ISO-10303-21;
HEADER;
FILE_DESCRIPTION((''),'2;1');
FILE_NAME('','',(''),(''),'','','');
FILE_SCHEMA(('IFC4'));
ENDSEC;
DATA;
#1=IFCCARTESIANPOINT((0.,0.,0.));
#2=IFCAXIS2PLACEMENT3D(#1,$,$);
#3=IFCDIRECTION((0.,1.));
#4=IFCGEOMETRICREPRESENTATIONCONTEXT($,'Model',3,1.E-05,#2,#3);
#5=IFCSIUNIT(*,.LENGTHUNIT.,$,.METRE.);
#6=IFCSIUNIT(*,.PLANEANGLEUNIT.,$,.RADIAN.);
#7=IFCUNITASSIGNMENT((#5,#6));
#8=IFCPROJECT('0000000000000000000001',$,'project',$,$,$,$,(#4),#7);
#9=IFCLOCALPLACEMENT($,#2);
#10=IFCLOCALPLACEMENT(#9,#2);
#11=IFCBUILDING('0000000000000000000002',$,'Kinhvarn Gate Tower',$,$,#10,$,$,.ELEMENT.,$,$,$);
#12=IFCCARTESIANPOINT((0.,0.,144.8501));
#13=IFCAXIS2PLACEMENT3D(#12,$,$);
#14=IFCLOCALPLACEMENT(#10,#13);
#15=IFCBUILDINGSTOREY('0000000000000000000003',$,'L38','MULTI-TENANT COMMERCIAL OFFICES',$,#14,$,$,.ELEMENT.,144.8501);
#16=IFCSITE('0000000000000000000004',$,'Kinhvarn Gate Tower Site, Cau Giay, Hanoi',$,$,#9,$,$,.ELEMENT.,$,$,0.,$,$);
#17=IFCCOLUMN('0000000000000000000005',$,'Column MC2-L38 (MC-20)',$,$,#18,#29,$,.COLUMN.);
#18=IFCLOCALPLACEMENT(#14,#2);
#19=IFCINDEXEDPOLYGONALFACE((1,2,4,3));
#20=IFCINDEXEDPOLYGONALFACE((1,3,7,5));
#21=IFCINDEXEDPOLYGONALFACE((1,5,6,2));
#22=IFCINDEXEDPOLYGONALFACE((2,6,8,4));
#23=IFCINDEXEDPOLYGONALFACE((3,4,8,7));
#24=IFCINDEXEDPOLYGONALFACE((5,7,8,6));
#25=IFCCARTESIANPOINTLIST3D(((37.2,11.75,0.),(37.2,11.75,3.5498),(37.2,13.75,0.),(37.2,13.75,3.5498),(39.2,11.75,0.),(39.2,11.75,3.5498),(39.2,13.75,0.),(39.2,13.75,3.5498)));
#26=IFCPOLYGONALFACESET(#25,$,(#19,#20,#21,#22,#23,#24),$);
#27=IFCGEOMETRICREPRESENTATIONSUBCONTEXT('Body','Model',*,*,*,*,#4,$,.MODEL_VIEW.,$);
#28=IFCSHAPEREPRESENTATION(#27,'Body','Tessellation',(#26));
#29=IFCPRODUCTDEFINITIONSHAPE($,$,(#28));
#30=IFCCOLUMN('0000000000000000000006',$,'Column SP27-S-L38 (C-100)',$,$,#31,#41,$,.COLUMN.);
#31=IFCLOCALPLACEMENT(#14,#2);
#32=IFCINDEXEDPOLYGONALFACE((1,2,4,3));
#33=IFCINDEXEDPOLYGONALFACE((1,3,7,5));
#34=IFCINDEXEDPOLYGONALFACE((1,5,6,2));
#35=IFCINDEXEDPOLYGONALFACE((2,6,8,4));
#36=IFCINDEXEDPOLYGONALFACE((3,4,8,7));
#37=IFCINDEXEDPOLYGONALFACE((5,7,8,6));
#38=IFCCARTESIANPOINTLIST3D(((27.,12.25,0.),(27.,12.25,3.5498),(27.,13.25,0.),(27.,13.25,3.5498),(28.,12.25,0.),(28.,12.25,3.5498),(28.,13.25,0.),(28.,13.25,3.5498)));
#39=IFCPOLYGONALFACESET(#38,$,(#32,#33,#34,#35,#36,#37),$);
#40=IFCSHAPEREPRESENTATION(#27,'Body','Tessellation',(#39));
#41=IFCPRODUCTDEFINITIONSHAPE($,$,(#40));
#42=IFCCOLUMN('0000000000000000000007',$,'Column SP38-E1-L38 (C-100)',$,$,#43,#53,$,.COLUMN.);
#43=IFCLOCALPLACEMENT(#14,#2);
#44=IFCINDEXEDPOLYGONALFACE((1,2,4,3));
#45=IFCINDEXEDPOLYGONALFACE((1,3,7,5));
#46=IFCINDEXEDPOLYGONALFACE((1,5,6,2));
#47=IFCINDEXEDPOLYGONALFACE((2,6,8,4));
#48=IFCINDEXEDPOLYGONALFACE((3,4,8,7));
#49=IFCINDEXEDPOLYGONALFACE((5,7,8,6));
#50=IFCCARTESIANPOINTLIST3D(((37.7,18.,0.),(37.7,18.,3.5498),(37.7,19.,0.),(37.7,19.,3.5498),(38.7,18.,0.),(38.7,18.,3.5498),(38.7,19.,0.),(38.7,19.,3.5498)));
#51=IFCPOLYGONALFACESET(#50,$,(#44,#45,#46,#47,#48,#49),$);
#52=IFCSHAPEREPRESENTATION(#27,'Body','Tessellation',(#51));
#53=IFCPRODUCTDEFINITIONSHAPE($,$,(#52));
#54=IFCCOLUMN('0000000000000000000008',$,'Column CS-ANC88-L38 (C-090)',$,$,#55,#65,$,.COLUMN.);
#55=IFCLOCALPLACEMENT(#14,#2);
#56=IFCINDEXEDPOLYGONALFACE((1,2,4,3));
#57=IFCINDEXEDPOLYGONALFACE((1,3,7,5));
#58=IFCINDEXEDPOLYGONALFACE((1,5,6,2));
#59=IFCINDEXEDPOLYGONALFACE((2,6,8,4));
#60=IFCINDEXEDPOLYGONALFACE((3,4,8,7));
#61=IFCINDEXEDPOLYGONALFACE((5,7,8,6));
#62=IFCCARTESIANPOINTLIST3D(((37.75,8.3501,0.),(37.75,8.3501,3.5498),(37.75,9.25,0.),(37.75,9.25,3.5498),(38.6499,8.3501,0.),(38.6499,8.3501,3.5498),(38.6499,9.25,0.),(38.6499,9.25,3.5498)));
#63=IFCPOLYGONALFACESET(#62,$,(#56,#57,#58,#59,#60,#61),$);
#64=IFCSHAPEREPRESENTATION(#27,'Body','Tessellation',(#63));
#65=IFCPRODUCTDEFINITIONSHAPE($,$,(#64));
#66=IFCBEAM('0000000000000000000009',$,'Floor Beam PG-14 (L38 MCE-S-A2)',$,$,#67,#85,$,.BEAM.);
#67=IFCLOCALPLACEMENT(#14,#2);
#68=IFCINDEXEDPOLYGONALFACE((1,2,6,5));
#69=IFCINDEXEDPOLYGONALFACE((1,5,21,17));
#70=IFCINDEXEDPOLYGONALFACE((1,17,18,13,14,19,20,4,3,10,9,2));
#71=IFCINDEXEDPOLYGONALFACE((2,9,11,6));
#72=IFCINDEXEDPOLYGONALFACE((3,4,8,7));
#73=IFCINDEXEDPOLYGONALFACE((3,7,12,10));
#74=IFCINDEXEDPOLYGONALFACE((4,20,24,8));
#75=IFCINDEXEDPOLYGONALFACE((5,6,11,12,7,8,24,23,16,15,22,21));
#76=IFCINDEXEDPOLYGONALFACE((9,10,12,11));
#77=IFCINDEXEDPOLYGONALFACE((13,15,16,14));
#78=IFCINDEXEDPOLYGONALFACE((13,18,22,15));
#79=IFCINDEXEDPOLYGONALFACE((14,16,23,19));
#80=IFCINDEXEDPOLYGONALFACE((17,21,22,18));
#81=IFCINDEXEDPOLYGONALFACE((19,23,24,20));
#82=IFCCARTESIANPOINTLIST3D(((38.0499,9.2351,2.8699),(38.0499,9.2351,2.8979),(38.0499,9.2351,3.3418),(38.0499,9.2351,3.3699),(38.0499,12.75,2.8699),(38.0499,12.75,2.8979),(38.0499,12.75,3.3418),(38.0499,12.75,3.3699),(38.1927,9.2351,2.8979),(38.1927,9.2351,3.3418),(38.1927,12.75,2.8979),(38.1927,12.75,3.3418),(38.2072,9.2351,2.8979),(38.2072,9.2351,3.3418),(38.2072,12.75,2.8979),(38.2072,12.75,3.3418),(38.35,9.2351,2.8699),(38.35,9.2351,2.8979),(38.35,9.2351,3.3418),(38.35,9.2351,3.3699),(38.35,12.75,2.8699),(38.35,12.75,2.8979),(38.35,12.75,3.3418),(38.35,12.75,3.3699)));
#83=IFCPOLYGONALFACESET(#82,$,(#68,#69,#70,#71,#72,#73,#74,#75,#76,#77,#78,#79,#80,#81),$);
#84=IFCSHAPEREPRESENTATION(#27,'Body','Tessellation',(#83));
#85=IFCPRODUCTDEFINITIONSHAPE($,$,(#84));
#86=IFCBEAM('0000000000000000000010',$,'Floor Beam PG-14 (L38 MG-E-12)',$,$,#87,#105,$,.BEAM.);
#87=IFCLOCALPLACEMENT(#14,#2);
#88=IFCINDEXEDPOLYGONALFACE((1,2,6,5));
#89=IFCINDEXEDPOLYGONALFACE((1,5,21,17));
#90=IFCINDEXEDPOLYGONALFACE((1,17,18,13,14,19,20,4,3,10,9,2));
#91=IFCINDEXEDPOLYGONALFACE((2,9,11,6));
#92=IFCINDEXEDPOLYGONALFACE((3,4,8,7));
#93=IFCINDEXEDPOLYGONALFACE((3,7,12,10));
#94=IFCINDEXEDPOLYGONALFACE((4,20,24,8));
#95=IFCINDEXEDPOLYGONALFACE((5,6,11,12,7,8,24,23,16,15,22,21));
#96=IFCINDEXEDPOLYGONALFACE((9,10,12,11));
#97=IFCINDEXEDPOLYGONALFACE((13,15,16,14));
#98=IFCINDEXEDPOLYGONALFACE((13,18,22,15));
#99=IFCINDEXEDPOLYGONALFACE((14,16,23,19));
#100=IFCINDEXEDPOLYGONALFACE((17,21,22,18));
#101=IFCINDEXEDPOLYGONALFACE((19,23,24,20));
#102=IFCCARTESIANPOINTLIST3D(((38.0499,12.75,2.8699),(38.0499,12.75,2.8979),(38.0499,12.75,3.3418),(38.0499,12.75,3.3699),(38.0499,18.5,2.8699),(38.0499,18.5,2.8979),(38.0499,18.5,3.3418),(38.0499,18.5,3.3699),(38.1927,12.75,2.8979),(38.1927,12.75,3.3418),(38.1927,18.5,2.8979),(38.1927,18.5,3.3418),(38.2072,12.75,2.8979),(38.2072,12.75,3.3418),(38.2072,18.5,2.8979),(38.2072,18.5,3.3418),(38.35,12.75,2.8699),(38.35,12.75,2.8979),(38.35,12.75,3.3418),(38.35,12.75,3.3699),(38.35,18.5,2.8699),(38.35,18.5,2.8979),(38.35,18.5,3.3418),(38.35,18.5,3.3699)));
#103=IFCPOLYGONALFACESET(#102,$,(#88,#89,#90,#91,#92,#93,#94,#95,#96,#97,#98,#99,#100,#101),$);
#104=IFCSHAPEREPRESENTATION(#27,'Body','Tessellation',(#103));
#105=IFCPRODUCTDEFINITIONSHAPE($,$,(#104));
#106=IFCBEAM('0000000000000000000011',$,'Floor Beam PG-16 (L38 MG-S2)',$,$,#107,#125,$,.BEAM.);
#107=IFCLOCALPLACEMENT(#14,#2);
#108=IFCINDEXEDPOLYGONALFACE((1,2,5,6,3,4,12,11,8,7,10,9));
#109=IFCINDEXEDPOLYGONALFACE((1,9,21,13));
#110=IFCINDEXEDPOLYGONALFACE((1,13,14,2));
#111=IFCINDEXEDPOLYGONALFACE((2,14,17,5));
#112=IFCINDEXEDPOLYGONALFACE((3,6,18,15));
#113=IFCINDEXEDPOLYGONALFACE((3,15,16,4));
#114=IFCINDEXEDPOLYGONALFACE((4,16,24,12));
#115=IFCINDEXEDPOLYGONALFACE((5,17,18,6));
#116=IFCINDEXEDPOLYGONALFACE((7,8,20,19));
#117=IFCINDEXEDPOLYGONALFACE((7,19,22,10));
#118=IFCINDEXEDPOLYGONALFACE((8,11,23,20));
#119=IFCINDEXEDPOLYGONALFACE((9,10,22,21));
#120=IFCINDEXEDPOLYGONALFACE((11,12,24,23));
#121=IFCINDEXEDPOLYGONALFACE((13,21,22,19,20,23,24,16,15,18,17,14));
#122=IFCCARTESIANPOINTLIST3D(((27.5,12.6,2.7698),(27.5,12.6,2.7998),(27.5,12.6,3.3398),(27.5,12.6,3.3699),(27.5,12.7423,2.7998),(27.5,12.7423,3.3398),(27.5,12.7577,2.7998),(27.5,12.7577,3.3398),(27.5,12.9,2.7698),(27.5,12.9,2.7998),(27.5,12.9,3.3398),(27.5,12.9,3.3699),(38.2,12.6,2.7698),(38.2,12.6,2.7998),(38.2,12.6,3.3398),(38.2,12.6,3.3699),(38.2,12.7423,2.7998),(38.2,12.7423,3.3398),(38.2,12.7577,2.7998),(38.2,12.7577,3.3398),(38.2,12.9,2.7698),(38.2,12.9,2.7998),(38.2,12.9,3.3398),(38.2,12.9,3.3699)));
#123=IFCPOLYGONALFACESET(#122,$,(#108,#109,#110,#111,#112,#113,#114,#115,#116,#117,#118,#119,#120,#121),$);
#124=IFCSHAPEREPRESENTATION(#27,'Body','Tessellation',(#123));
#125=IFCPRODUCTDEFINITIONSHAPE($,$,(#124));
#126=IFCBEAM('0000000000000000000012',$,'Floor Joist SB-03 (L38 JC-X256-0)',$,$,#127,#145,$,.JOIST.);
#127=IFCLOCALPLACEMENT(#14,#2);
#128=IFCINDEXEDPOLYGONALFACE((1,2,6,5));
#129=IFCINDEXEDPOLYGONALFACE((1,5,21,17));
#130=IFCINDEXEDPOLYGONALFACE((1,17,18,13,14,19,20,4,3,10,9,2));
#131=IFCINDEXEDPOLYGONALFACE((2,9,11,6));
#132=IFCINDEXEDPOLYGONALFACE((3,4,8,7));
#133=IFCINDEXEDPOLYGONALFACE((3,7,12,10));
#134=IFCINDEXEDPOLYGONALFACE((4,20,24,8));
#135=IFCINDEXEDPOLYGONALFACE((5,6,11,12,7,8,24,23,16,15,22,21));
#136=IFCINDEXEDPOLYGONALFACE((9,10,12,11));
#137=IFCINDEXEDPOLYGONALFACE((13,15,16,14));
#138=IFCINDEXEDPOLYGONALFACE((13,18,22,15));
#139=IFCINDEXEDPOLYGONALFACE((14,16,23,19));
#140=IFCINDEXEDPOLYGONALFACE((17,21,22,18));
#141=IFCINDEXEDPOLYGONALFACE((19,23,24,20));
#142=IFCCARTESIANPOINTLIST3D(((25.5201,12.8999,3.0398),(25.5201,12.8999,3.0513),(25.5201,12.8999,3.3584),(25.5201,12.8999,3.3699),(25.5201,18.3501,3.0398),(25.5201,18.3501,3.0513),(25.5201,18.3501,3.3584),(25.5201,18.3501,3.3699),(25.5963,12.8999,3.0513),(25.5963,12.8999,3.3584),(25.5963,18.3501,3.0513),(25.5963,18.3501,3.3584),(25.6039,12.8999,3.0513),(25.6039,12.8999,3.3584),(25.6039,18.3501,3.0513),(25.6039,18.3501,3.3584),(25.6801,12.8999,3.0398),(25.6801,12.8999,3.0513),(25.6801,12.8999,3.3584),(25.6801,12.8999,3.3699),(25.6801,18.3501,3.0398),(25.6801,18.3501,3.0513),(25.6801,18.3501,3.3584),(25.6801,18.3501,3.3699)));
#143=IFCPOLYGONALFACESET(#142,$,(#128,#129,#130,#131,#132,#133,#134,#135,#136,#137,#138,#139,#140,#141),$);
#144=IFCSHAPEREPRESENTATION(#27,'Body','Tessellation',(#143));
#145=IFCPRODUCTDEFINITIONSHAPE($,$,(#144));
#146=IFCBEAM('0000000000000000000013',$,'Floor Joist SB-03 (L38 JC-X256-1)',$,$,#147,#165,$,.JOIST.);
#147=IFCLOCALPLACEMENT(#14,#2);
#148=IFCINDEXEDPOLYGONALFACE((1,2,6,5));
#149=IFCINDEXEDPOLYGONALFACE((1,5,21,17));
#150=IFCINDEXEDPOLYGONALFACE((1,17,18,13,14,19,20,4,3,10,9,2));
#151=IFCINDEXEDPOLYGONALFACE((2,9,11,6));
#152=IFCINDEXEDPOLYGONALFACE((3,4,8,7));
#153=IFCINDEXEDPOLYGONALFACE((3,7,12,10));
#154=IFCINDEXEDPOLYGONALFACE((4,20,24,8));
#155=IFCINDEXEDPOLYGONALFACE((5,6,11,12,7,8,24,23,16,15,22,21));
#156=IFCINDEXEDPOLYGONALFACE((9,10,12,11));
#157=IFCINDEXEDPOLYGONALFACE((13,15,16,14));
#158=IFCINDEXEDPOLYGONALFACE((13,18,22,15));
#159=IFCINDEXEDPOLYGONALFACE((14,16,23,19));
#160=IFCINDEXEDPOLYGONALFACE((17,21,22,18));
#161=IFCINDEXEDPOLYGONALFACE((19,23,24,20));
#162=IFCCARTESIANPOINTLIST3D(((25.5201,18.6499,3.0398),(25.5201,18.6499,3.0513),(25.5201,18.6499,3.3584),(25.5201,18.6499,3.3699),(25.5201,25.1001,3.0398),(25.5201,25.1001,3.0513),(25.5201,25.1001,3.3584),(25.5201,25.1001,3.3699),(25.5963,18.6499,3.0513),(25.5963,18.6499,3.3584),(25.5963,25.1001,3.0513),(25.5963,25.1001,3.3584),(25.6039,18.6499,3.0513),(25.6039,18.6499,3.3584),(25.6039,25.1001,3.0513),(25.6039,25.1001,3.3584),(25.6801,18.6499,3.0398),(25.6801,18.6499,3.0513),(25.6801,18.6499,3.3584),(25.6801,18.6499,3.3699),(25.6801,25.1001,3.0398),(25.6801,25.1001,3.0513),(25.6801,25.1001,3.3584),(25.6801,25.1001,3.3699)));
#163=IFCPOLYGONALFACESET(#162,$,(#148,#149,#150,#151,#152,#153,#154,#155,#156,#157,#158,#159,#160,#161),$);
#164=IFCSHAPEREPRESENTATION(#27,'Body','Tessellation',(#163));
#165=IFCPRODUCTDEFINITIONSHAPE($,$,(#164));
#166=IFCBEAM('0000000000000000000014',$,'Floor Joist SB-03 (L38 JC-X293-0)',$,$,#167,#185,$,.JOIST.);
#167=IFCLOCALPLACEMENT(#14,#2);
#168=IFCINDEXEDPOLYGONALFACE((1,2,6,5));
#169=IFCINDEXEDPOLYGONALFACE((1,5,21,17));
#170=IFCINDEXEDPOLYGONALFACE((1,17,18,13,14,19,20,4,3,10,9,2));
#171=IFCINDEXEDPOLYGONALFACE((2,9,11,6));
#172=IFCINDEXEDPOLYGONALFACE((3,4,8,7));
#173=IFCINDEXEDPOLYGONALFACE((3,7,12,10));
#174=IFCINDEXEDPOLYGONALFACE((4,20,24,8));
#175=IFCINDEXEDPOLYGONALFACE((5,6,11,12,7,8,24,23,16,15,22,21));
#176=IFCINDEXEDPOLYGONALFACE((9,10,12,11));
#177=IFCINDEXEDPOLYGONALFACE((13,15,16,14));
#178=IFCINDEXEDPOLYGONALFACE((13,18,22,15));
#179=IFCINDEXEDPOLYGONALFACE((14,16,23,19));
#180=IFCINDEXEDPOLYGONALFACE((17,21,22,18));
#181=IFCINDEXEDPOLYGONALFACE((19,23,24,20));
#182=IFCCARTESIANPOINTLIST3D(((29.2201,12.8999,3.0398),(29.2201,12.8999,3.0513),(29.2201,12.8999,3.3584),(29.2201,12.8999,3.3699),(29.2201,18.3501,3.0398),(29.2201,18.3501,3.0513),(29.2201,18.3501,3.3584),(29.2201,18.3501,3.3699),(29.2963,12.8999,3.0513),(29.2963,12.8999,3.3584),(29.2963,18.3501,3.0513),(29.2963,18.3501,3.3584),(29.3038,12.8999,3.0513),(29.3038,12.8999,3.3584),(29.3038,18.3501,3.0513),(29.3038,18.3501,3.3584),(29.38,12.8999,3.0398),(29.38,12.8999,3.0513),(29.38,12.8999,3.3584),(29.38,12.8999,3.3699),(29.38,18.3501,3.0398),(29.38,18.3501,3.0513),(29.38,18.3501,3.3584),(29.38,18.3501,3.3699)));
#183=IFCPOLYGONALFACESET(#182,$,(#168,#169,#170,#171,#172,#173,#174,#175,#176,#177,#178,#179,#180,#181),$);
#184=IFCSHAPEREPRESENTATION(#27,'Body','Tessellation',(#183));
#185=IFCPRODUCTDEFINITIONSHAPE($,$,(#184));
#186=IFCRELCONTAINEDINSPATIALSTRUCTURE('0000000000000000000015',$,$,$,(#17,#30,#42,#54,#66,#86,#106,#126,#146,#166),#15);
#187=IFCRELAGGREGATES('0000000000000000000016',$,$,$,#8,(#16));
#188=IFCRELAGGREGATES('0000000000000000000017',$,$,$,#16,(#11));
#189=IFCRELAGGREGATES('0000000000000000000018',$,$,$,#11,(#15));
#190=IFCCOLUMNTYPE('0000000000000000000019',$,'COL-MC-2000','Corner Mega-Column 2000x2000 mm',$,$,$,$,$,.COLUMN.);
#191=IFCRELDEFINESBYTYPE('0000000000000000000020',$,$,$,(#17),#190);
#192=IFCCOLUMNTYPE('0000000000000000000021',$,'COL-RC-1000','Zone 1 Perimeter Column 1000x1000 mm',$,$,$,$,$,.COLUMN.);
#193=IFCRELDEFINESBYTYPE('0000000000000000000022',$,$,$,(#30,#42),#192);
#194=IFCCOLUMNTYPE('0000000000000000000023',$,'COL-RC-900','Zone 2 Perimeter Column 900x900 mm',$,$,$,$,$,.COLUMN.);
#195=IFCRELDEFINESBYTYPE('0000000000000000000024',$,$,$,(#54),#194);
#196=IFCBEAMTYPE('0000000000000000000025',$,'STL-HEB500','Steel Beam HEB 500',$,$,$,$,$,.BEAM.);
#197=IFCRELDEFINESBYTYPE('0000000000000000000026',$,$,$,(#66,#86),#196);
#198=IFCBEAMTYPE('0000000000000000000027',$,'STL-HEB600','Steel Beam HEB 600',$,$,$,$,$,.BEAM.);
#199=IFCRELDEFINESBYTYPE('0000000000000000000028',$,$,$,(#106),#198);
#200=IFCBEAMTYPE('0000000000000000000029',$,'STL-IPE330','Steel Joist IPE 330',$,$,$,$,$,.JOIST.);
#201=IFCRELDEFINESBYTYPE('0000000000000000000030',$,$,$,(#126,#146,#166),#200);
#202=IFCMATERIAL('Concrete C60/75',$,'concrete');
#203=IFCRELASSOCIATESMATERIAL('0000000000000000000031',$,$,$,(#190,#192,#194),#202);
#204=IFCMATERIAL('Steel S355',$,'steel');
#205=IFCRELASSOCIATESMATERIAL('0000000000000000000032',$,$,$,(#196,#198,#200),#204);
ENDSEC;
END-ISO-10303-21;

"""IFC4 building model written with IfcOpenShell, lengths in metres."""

from ifc_helpers import new_model, si_unit, direction, frame, origin, origin_2d, place, context, subcontext, project, spatial, rectangle, i_section, extrude, material, material_profile, profile_set, type_object, element, save


model = new_model("IFC4")

# Units and contexts
model_context = context("Model", 3, precision=1e-05, world=origin(), true_north=direction((0.0, 1.0)))
body_context = subcontext(model_context, "Body", "Model", "MODEL_VIEW")
ifc_project = project(units=[si_unit("LENGTHUNIT", "METRE"), si_unit("PLANEANGLEUNIT", "RADIAN")], contexts=[model_context])

# Site, building, storey
site_placement = place(None, origin())
site = spatial("IfcSite", under=ifc_project, at=site_placement, Name="Kinhvarn Gate Tower Site, Cau Giay, Hanoi", CompositionType="ELEMENT", RefElevation=0.0)
building_placement = place(site_placement, origin())
building = spatial("IfcBuilding", under=site, at=building_placement, Name="Kinhvarn Gate Tower", CompositionType="ELEMENT")
storey_placement = place(building_placement, frame((0.0, 0.0, 144.8501)))
storey = spatial("IfcBuildingStorey", under=building, at=storey_placement, Name="L38", Description="MULTI-TENANT COMMERCIAL OFFICES", CompositionType="ELEMENT", Elevation=144.8501)

# Columns
ifc_material_1 = material(Name="Concrete C60/75", Category="concrete")
ifc_material_profile_1 = material_profile(ifc_material_1, rectangle(XDim=2.0, YDim=2.0, at=origin_2d()), Name="RC 2000x2000")
ifc_profile_set_1 = profile_set([ifc_material_profile_1], Name="Concrete C60/75")
column_type_1 = type_object("IfcColumnType", Name="COL-MC-2000", Description="Corner Mega-Column 2000x2000 mm", PredefinedType="COLUMN", material=ifc_profile_set_1)
column_1_placement = place(storey_placement, frame((38.2, 12.75, 0.0), z_axis=(0.0, 0.0, 1.0), x_axis=(1.0, 0.0, 0.0)))
element("IfcColumn", 1, at=column_1_placement, inside=storey, type_object=column_type_1, Name="Column MC2-L38 (MC-20)", PredefinedType="COLUMN", context=body_context, shape_type="SweptSolid", body=[
    extrude(rectangle(XDim=2.0, YDim=2.0, at=origin_2d()), origin(), (0.0, 0.0, 1.0), 3.5498),
])
ifc_material_profile_2 = material_profile(ifc_material_1, rectangle(XDim=1.0, YDim=1.0, at=origin_2d()), Name="RC 1000x1000")
ifc_profile_set_2 = profile_set([ifc_material_profile_2], Name="Concrete C60/75")
column_type_2 = type_object("IfcColumnType", Name="COL-RC-1000", Description="Zone 1 Perimeter Column 1000x1000 mm", PredefinedType="COLUMN", material=ifc_profile_set_2)
for number, where, z_axis, x_axis, name in (
    (2, (27.5, 12.75, 0.0), (0.0, 0.0, 1.0), (1.0, 0.0, 0.0), "Column SP27-S-L38 (C-100)"),
    (3, (38.2, 18.5, 0.0), (0.0, 0.0, 1.0), (1.0, 0.0, 0.0), "Column SP38-E1-L38 (C-100)"),
):
    element("IfcColumn", number, at=place(storey_placement, frame(where, z_axis=z_axis, x_axis=x_axis)), inside=storey, type_object=column_type_2, Name=name, PredefinedType="COLUMN", context=body_context, shape_type="SweptSolid", body=[
        extrude(rectangle(XDim=1.0, YDim=1.0, at=origin_2d()), origin(), (0.0, 0.0, 1.0), 3.5498),
    ])
ifc_material_profile_3 = material_profile(ifc_material_1, rectangle(XDim=0.8999, YDim=0.8999, at=origin_2d()), Name="RC 900x900")
ifc_profile_set_3 = profile_set([ifc_material_profile_3], Name="Concrete C60/75")
column_type_3 = type_object("IfcColumnType", Name="COL-RC-900", Description="Zone 2 Perimeter Column 900x900 mm", PredefinedType="COLUMN", material=ifc_profile_set_3)
column_2_placement = place(storey_placement, frame((38.2, 8.8, 0.0), z_axis=(0.0, 0.0, 1.0), x_axis=(1.0, 0.0, 0.0)))
element("IfcColumn", 4, at=column_2_placement, inside=storey, type_object=column_type_3, Name="Column CS-ANC88-L38 (C-090)", PredefinedType="COLUMN", context=body_context, shape_type="SweptSolid", body=[
    extrude(rectangle(XDim=0.8999, YDim=0.8999, at=origin_2d()), origin(), (0.0, 0.0, 1.0), 3.5498),
])

# Beams
ifc_material_2 = material(Name="Steel S355", Category="steel")
ifc_material_profile_4 = material_profile(ifc_material_2, i_section(OverallWidth=0.3, OverallDepth=0.5, WebThickness=0.0144, FlangeThickness=0.0281, at=origin_2d()), Name="HEB 500")
ifc_profile_set_4 = profile_set([ifc_material_profile_4], Name="Steel S355")
beam_type_1 = type_object("IfcBeamType", Name="STL-HEB500", Description="Steel Beam HEB 500", PredefinedType="BEAM", material=ifc_profile_set_4)
beam_1_placement = place(storey_placement, frame((38.2, 9.2351, 3.1199), z_axis=(0.0, 1.0, 0.0), x_axis=(-1.0, 0.0, 0.0)))
element("IfcBeam", 5, at=beam_1_placement, inside=storey, type_object=beam_type_1, Name="Floor Beam PG-14 (L38 MCE-S-A2)", PredefinedType="BEAM", context=body_context, shape_type="SweptSolid", body=[
    extrude(i_section(OverallWidth=0.3, OverallDepth=0.5, WebThickness=0.0144, FlangeThickness=0.0281, at=origin_2d()), origin(), (0.0, 0.0, 1.0), 3.5149),
])
beam_2_placement = place(storey_placement, frame((38.2, 12.75, 3.1199), z_axis=(0.0, 1.0, 0.0), x_axis=(-1.0, 0.0, 0.0)))
element("IfcBeam", 6, at=beam_2_placement, inside=storey, type_object=beam_type_1, Name="Floor Beam PG-14 (L38 MG-E-12)", PredefinedType="BEAM", context=body_context, shape_type="SweptSolid", body=[
    extrude(i_section(OverallWidth=0.3, OverallDepth=0.5, WebThickness=0.0144, FlangeThickness=0.0281, at=origin_2d()), origin(), (0.0, 0.0, 1.0), 5.75),
])
ifc_material_profile_5 = material_profile(ifc_material_2, i_section(OverallWidth=0.3, OverallDepth=0.6001, WebThickness=0.0154, FlangeThickness=0.03, at=origin_2d()), Name="HEB 600")
ifc_profile_set_5 = profile_set([ifc_material_profile_5], Name="Steel S355")
beam_type_2 = type_object("IfcBeamType", Name="STL-HEB600", Description="Steel Beam HEB 600", PredefinedType="BEAM", material=ifc_profile_set_5)
beam_3_placement = place(storey_placement, frame((27.5, 12.75, 3.0698), z_axis=(1.0, 0.0, 0.0), x_axis=(0.0, 1.0, 0.0)))
element("IfcBeam", 7, at=beam_3_placement, inside=storey, type_object=beam_type_2, Name="Floor Beam PG-16 (L38 MG-S2)", PredefinedType="BEAM", context=body_context, shape_type="SweptSolid", body=[
    extrude(i_section(OverallWidth=0.3, OverallDepth=0.6001, WebThickness=0.0154, FlangeThickness=0.03, at=origin_2d()), origin(), (0.0, 0.0, 1.0), 10.7),
])
ifc_material_profile_6 = material_profile(ifc_material_2, i_section(OverallWidth=0.1599, OverallDepth=0.3301, WebThickness=0.0076, FlangeThickness=0.0115, at=origin_2d()), Name="IPE 330")
ifc_profile_set_6 = profile_set([ifc_material_profile_6], Name="Steel S355")
beam_type_3 = type_object("IfcBeamType", Name="STL-IPE330", Description="Steel Joist IPE 330", PredefinedType="JOIST", material=ifc_profile_set_6)
beam_4_placement = place(storey_placement, frame((25.6001, 12.8999, 3.2048), z_axis=(0.0, 1.0, 0.0), x_axis=(-1.0, 0.0, 0.0)))
element("IfcBeam", 8, at=beam_4_placement, inside=storey, type_object=beam_type_3, Name="Floor Joist SB-03 (L38 JC-X256-0)", PredefinedType="JOIST", context=body_context, shape_type="SweptSolid", body=[
    extrude(i_section(OverallWidth=0.1599, OverallDepth=0.3301, WebThickness=0.0076, FlangeThickness=0.0115, at=origin_2d()), origin(), (0.0, 0.0, 1.0), 5.4502),
])
beam_5_placement = place(storey_placement, frame((25.6001, 18.6499, 3.2048), z_axis=(0.0, 1.0, 0.0), x_axis=(-1.0, 0.0, 0.0)))
element("IfcBeam", 9, at=beam_5_placement, inside=storey, type_object=beam_type_3, Name="Floor Joist SB-03 (L38 JC-X256-1)", PredefinedType="JOIST", context=body_context, shape_type="SweptSolid", body=[
    extrude(i_section(OverallWidth=0.1599, OverallDepth=0.3301, WebThickness=0.0076, FlangeThickness=0.0115, at=origin_2d()), origin(), (0.0, 0.0, 1.0), 6.4502),
])
beam_6_placement = place(storey_placement, frame((29.3, 12.8999, 3.2048), z_axis=(0.0, 1.0, 0.0), x_axis=(-1.0, 0.0, 0.0)))
element("IfcBeam", 10, at=beam_6_placement, inside=storey, type_object=beam_type_3, Name="Floor Joist SB-03 (L38 JC-X293-0)", PredefinedType="JOIST", context=body_context, shape_type="SweptSolid", body=[
    extrude(i_section(OverallWidth=0.1599, OverallDepth=0.3301, WebThickness=0.0076, FlangeThickness=0.0115, at=origin_2d()), origin(), (0.0, 0.0, 1.0), 5.4502),
])

save(model, "model.ifc")
